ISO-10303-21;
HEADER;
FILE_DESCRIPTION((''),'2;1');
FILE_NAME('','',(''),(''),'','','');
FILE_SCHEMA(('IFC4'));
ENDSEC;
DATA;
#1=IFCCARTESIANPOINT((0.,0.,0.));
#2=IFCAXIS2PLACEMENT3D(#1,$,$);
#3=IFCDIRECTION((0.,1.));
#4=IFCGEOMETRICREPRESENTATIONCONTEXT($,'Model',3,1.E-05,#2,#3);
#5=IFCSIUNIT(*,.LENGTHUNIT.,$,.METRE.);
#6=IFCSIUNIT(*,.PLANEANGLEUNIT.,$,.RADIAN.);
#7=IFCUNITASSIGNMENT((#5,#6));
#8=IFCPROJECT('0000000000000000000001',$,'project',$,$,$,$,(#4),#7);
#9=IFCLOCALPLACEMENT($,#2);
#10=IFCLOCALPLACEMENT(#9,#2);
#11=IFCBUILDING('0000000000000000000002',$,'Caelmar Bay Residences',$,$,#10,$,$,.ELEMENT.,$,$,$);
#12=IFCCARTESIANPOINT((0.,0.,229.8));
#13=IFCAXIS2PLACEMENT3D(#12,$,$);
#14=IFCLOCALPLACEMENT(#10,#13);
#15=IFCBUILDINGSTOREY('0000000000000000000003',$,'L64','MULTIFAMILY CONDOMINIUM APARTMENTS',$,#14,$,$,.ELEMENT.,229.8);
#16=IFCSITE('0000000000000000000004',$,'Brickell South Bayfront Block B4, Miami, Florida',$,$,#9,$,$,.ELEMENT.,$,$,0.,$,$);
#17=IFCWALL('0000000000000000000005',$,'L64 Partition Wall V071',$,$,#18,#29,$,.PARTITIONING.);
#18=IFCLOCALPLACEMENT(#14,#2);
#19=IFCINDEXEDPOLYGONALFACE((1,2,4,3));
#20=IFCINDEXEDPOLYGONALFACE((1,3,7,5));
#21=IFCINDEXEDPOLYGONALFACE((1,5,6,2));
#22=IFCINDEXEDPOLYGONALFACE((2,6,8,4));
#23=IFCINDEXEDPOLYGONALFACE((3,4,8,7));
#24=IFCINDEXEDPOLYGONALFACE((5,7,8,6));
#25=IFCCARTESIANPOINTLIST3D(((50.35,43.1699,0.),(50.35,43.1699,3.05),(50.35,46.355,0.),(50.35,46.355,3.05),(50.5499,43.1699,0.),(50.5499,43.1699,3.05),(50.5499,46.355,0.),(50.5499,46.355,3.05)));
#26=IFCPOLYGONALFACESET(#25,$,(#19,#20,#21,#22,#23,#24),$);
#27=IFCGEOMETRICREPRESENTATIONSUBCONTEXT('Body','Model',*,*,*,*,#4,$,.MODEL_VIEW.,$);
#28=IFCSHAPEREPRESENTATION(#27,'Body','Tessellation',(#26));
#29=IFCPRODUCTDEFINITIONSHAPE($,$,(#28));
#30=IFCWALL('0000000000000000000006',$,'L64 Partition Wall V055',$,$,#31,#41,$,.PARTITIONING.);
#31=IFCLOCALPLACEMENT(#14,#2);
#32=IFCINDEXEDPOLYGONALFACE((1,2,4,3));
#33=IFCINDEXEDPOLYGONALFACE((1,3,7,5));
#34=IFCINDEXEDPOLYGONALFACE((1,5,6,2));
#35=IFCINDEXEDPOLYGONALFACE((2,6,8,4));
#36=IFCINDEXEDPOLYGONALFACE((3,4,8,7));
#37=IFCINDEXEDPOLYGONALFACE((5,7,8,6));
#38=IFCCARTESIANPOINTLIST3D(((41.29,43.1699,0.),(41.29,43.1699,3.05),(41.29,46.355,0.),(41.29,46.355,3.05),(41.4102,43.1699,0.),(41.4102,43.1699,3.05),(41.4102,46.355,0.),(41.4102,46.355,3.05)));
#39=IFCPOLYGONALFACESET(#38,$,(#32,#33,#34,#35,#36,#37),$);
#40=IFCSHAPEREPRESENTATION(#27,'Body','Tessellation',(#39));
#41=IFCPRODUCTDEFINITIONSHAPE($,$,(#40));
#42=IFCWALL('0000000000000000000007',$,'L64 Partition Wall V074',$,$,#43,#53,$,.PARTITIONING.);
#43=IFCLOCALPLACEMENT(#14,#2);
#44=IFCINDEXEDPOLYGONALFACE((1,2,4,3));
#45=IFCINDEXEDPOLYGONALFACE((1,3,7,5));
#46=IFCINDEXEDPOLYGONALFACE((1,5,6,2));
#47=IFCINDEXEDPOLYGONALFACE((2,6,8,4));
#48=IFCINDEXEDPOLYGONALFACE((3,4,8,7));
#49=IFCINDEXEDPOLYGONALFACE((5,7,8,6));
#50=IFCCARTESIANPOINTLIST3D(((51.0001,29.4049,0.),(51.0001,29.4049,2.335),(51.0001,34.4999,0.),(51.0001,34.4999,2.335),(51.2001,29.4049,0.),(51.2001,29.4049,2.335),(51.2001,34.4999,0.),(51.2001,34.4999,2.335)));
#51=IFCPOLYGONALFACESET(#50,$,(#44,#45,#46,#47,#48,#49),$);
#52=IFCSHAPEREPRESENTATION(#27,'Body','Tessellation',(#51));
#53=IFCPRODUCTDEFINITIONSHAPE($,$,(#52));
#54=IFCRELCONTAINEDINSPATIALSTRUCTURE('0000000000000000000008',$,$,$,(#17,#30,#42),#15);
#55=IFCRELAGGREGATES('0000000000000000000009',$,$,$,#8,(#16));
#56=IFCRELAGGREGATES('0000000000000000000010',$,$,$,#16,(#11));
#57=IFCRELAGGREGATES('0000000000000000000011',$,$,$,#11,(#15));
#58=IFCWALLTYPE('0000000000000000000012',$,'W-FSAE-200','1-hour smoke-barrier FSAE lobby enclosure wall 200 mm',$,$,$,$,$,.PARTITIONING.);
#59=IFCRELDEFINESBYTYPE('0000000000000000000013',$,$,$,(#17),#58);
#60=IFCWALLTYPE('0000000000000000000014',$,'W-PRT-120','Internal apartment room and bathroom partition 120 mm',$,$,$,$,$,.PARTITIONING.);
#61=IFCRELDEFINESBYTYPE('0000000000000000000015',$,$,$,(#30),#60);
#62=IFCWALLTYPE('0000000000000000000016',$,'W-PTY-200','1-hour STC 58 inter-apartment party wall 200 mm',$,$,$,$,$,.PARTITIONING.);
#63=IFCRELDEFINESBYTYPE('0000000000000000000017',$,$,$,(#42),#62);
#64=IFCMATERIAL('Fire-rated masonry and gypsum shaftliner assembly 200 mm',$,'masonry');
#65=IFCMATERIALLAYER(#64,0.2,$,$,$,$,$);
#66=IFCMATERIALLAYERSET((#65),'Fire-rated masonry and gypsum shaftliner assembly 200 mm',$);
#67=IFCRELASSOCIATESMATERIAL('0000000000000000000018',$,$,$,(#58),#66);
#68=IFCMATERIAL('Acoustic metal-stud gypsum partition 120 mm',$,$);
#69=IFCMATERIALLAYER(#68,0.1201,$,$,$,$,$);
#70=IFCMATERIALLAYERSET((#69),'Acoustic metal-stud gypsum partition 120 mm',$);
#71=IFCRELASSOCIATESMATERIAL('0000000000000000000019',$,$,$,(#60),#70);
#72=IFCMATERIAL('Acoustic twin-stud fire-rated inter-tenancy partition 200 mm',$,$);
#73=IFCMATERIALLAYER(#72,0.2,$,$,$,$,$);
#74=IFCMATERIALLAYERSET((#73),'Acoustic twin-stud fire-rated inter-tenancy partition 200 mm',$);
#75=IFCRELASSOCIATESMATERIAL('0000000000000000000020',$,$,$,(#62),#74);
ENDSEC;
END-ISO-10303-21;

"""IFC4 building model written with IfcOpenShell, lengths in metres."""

from ifc_helpers import new_model, si_unit, direction, frame, frame_2d, origin, place, context, subcontext, project, spatial, rectangle, extrude, material, layer, layer_set, type_object, element, save


model = new_model("IFC4")

# Units and contexts
model_context = context("Model", 3, precision=1e-05, world=origin(), true_north=direction((0.0, 1.0)))
body_context = subcontext(model_context, "Body", "Model", "MODEL_VIEW")
ifc_project = project(units=[si_unit("LENGTHUNIT", "METRE"), si_unit("PLANEANGLEUNIT", "RADIAN")], contexts=[model_context])

# Site, building, storey
site_placement = place(None, origin())
site = spatial("IfcSite", under=ifc_project, at=site_placement, Name="Brickell South Bayfront Block B4, Miami, Florida", CompositionType="ELEMENT", RefElevation=0.0)
building_placement = place(site_placement, origin())
building = spatial("IfcBuilding", under=site, at=building_placement, Name="Caelmar Bay Residences", CompositionType="ELEMENT")
storey_placement = place(building_placement, frame((0.0, 0.0, 229.8)))
storey = spatial("IfcBuildingStorey", under=building, at=storey_placement, Name="L64", Description="MULTIFAMILY CONDOMINIUM APARTMENTS", CompositionType="ELEMENT", Elevation=229.8)

# Walls
ifc_material_1 = material(Name="Fire-rated masonry and gypsum shaftliner assembly 200 mm", Category="masonry")
ifc_layer_1 = layer(ifc_material_1, 0.2)
ifc_layer_set_1 = layer_set([ifc_layer_1], Name="Fire-rated masonry and gypsum shaftliner assembly 200 mm")
wall_type_1 = type_object("IfcWallType", Name="W-FSAE-200", Description="1-hour smoke-barrier FSAE lobby enclosure wall 200 mm", PredefinedType="PARTITIONING", material=ifc_layer_set_1)
wall_1_placement = place(storey_placement, frame((50.45, 43.1699, 0.0), z_axis=(0.0, 0.0, 1.0), x_axis=(0.0, 1.0, 0.0)))
element("IfcWall", 1, at=wall_1_placement, inside=storey, type_object=wall_type_1, Name="L64 Partition Wall V071", PredefinedType="PARTITIONING", context=body_context, shape_type="SweptSolid", body=[
    extrude(rectangle(XDim=3.1851, YDim=0.2, at=frame_2d((1.5925, 0.0))), origin(), (0.0, 0.0, 1.0), 3.05),
])
ifc_material_2 = material(Name="Acoustic metal-stud gypsum partition 120 mm")
ifc_layer_2 = layer(ifc_material_2, 0.1201)
ifc_layer_set_2 = layer_set([ifc_layer_2], Name="Acoustic metal-stud gypsum partition 120 mm")
wall_type_2 = type_object("IfcWallType", Name="W-PRT-120", Description="Internal apartment room and bathroom partition 120 mm", PredefinedType="PARTITIONING", material=ifc_layer_set_2)
wall_2_placement = place(storey_placement, frame((41.3501, 43.1699, 0.0), z_axis=(0.0, 0.0, 1.0), x_axis=(0.0, 1.0, 0.0)))
element("IfcWall", 2, at=wall_2_placement, inside=storey, type_object=wall_type_2, Name="L64 Partition Wall V055", PredefinedType="PARTITIONING", context=body_context, shape_type="SweptSolid", body=[
    extrude(rectangle(XDim=3.1851, YDim=0.1201, at=frame_2d((1.5925, 0.0))), origin(), (0.0, 0.0, 1.0), 3.05),
])
ifc_material_3 = material(Name="Acoustic twin-stud fire-rated inter-tenancy partition 200 mm")
ifc_layer_3 = layer(ifc_material_3, 0.2)
ifc_layer_set_3 = layer_set([ifc_layer_3], Name="Acoustic twin-stud fire-rated inter-tenancy partition 200 mm")
wall_type_3 = type_object("IfcWallType", Name="W-PTY-200", Description="1-hour STC 58 inter-apartment party wall 200 mm", PredefinedType="PARTITIONING", material=ifc_layer_set_3)
wall_3_placement = place(storey_placement, frame((51.1001, 29.405, 0.0), z_axis=(0.0, 0.0, 1.0), x_axis=(0.0, 1.0, 0.0)))
element("IfcWall", 3, at=wall_3_placement, inside=storey, type_object=wall_type_3, Name="L64 Partition Wall V074", PredefinedType="PARTITIONING", context=body_context, shape_type="SweptSolid", body=[
    extrude(rectangle(XDim=5.095, YDim=0.2, at=frame_2d((2.5474, 0.0))), origin(), (0.0, 0.0, 1.0), 2.335),
])

save(model, "model.ifc")
